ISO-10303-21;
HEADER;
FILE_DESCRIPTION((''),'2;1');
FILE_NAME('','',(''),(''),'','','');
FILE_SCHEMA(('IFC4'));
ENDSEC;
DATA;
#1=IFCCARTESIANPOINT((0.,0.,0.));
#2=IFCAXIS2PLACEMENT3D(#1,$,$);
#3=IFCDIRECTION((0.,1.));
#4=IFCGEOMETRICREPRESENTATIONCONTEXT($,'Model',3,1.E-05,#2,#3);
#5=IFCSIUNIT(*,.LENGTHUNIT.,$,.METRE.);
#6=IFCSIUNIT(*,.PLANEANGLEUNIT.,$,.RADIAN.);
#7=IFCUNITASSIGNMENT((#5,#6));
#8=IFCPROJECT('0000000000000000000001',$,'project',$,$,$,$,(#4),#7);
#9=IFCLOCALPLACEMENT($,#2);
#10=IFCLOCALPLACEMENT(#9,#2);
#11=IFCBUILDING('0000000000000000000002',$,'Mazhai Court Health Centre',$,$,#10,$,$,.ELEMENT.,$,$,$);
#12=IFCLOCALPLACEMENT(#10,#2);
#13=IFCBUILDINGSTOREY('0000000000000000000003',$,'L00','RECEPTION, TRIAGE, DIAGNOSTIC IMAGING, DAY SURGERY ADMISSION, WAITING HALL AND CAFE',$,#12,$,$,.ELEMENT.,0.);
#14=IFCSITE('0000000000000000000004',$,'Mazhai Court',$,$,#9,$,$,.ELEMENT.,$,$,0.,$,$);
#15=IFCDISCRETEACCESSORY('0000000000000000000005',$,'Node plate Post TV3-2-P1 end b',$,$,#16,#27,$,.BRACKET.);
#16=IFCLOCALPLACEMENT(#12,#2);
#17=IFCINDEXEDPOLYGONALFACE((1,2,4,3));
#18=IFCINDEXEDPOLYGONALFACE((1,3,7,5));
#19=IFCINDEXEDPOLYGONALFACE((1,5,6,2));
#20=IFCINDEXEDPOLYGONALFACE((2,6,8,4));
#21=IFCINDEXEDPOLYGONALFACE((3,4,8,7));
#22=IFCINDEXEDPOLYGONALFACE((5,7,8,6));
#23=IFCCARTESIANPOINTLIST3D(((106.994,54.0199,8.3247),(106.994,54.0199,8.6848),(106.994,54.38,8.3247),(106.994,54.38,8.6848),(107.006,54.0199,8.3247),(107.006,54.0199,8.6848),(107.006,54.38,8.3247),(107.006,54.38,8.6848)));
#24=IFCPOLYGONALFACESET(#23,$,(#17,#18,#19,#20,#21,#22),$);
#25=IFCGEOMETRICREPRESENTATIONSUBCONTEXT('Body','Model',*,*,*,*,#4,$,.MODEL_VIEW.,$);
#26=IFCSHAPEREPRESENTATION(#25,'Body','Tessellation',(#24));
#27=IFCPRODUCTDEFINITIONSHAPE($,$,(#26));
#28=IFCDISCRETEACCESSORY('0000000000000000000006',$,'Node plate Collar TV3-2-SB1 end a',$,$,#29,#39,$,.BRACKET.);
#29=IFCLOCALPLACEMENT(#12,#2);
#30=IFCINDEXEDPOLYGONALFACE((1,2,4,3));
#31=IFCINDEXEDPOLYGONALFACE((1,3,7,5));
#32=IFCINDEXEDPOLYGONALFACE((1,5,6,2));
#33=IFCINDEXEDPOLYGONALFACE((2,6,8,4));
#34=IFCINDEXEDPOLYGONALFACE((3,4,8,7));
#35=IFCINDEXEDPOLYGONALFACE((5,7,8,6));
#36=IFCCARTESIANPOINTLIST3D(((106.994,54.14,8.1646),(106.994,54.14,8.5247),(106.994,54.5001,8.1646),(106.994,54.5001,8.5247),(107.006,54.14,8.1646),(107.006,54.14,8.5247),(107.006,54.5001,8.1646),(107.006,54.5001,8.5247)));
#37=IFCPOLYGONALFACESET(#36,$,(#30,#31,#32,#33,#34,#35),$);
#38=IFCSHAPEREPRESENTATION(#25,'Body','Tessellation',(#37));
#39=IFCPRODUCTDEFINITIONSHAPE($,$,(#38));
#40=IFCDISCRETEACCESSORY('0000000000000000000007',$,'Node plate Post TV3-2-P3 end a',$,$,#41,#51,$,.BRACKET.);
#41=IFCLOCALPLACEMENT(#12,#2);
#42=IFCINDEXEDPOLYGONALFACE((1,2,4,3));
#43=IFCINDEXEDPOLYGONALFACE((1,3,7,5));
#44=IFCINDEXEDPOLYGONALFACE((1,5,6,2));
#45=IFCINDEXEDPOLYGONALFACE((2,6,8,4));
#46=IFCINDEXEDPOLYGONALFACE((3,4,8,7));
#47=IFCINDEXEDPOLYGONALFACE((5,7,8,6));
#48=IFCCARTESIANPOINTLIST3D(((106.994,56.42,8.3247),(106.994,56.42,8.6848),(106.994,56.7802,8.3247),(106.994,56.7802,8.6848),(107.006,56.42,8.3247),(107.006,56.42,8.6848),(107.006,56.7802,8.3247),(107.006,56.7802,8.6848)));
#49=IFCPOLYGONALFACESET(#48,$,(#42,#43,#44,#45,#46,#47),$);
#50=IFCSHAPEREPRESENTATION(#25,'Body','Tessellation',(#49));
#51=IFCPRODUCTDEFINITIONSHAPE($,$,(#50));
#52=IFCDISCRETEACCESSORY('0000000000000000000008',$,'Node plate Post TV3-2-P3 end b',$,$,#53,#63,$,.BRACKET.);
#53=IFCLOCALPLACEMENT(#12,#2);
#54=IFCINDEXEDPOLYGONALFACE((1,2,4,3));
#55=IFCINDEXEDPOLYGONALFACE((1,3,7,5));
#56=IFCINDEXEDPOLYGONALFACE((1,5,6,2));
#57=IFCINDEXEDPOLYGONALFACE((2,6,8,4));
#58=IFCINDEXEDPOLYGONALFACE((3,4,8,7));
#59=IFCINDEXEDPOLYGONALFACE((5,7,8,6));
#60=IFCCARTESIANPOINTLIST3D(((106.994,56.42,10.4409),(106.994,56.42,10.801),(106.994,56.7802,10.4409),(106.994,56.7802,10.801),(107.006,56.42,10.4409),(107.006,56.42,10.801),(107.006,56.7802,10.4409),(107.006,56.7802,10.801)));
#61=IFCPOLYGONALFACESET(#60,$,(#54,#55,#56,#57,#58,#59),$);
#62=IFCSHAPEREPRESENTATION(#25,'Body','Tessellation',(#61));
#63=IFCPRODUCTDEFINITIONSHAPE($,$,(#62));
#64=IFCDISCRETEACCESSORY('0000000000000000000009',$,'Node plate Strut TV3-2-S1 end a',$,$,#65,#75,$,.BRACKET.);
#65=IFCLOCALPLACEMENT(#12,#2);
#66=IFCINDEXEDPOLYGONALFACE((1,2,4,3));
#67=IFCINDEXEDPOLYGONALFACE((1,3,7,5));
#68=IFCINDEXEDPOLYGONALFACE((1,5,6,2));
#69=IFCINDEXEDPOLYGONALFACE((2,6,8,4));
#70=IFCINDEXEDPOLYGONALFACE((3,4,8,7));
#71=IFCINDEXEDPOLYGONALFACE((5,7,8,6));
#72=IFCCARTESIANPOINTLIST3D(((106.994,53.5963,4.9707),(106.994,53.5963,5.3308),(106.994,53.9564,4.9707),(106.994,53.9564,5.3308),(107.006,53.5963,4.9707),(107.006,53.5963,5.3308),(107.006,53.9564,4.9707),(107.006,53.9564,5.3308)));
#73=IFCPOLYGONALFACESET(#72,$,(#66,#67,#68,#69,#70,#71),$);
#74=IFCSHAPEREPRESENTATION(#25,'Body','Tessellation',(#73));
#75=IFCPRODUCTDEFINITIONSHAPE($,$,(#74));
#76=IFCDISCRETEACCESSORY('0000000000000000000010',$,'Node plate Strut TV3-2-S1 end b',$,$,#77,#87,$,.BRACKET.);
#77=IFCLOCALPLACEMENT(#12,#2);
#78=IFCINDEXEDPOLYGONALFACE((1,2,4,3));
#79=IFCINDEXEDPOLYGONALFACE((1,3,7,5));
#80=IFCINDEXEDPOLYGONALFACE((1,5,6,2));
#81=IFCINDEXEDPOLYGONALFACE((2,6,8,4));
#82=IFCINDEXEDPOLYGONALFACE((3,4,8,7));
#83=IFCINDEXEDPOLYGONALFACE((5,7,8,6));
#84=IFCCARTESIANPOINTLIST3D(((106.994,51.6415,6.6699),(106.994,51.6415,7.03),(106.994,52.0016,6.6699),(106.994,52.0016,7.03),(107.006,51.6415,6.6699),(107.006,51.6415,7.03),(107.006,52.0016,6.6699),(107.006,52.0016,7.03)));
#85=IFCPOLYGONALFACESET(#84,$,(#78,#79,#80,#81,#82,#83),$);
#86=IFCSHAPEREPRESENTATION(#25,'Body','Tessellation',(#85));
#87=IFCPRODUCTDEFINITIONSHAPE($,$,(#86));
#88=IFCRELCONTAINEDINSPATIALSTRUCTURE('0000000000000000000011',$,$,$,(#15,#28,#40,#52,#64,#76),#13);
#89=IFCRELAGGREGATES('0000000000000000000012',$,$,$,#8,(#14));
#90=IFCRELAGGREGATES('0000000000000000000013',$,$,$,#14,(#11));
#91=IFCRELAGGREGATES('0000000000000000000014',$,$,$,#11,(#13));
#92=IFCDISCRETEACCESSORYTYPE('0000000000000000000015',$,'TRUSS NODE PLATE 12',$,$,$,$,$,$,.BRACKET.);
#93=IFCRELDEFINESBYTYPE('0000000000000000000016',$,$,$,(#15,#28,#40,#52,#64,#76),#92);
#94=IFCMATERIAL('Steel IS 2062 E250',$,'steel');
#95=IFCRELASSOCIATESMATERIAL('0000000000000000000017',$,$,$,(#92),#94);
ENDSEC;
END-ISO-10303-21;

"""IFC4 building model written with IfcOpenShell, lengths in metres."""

from ifc_helpers import new_model, si_unit, direction, frame, origin, origin_2d, place, context, subcontext, project, spatial, rectangle, extrude, material, type_object, element, save


model = new_model("IFC4")

# Units and contexts
model_context = context("Model", 3, precision=1e-05, world=origin(), true_north=direction((0.0, 1.0)))
body_context = subcontext(model_context, "Body", "Model", "MODEL_VIEW")
ifc_project = project(units=[si_unit("LENGTHUNIT", "METRE"), si_unit("PLANEANGLEUNIT", "RADIAN")], contexts=[model_context])

# Site, building, storey
site_placement = place(None, origin())
site = spatial("IfcSite", under=ifc_project, at=site_placement, Name="Mazhai Court", CompositionType="ELEMENT", RefElevation=0.0)
building_placement = place(site_placement, origin())
building = spatial("IfcBuilding", under=site, at=building_placement, Name="Mazhai Court Health Centre", CompositionType="ELEMENT")
storey_placement = place(building_placement, origin())
storey = spatial("IfcBuildingStorey", under=building, at=storey_placement, Name="L00", Description="RECEPTION, TRIAGE, DIAGNOSTIC IMAGING, DAY SURGERY ADMISSION, WAITING HALL AND CAFE", CompositionType="ELEMENT", Elevation=0.0)

# Discrete accessories
ifc_material_1 = material(Name="Steel IS 2062 E250", Category="steel")
discrete_accessory_type = type_object("IfcDiscreteAccessoryType", Name="TRUSS NODE PLATE 12", PredefinedType="BRACKET", material=ifc_material_1)
for number, where, z_axis, x_axis, name in (
    (1, (107.0, 54.2, 8.3247), (0.0, 0.0, 1.0), (1.0, 0.0, 0.0), "Node plate Post TV3-2-P1 end b"),
    (2, (107.0, 54.3201, 8.1646), (0.0, 0.0, 1.0), (1.0, 0.0, 0.0), "Node plate Collar TV3-2-SB1 end a"),
    (3, (107.0, 56.6001, 8.3247), (0.0, 0.0, 1.0), (1.0, 0.0, 0.0), "Node plate Post TV3-2-P3 end a"),
    (4, (107.0, 56.6001, 10.4409), (0.0, 0.0, 1.0), (1.0, 0.0, 0.0), "Node plate Post TV3-2-P3 end b"),
    (5, (107.0, 53.7764, 4.9707), (0.0, 0.0, 1.0), (1.0, 0.0, 0.0), "Node plate Strut TV3-2-S1 end a"),
    (6, (107.0, 51.8215, 6.6699), (0.0, 0.0, 1.0), (1.0, 0.0, 0.0), "Node plate Strut TV3-2-S1 end b"),
):
    element("IfcDiscreteAccessory", number, at=place(storey_placement, frame(where, z_axis=z_axis, x_axis=x_axis)), inside=storey, type_object=discrete_accessory_type, Name=name, PredefinedType="BRACKET", context=body_context, shape_type="SweptSolid", body=[
        extrude(rectangle(XDim=0.012, YDim=0.3601, at=origin_2d()), origin(), (0.0, 0.0, 1.0), 0.3601),
    ])

save(model, "model.ifc")
